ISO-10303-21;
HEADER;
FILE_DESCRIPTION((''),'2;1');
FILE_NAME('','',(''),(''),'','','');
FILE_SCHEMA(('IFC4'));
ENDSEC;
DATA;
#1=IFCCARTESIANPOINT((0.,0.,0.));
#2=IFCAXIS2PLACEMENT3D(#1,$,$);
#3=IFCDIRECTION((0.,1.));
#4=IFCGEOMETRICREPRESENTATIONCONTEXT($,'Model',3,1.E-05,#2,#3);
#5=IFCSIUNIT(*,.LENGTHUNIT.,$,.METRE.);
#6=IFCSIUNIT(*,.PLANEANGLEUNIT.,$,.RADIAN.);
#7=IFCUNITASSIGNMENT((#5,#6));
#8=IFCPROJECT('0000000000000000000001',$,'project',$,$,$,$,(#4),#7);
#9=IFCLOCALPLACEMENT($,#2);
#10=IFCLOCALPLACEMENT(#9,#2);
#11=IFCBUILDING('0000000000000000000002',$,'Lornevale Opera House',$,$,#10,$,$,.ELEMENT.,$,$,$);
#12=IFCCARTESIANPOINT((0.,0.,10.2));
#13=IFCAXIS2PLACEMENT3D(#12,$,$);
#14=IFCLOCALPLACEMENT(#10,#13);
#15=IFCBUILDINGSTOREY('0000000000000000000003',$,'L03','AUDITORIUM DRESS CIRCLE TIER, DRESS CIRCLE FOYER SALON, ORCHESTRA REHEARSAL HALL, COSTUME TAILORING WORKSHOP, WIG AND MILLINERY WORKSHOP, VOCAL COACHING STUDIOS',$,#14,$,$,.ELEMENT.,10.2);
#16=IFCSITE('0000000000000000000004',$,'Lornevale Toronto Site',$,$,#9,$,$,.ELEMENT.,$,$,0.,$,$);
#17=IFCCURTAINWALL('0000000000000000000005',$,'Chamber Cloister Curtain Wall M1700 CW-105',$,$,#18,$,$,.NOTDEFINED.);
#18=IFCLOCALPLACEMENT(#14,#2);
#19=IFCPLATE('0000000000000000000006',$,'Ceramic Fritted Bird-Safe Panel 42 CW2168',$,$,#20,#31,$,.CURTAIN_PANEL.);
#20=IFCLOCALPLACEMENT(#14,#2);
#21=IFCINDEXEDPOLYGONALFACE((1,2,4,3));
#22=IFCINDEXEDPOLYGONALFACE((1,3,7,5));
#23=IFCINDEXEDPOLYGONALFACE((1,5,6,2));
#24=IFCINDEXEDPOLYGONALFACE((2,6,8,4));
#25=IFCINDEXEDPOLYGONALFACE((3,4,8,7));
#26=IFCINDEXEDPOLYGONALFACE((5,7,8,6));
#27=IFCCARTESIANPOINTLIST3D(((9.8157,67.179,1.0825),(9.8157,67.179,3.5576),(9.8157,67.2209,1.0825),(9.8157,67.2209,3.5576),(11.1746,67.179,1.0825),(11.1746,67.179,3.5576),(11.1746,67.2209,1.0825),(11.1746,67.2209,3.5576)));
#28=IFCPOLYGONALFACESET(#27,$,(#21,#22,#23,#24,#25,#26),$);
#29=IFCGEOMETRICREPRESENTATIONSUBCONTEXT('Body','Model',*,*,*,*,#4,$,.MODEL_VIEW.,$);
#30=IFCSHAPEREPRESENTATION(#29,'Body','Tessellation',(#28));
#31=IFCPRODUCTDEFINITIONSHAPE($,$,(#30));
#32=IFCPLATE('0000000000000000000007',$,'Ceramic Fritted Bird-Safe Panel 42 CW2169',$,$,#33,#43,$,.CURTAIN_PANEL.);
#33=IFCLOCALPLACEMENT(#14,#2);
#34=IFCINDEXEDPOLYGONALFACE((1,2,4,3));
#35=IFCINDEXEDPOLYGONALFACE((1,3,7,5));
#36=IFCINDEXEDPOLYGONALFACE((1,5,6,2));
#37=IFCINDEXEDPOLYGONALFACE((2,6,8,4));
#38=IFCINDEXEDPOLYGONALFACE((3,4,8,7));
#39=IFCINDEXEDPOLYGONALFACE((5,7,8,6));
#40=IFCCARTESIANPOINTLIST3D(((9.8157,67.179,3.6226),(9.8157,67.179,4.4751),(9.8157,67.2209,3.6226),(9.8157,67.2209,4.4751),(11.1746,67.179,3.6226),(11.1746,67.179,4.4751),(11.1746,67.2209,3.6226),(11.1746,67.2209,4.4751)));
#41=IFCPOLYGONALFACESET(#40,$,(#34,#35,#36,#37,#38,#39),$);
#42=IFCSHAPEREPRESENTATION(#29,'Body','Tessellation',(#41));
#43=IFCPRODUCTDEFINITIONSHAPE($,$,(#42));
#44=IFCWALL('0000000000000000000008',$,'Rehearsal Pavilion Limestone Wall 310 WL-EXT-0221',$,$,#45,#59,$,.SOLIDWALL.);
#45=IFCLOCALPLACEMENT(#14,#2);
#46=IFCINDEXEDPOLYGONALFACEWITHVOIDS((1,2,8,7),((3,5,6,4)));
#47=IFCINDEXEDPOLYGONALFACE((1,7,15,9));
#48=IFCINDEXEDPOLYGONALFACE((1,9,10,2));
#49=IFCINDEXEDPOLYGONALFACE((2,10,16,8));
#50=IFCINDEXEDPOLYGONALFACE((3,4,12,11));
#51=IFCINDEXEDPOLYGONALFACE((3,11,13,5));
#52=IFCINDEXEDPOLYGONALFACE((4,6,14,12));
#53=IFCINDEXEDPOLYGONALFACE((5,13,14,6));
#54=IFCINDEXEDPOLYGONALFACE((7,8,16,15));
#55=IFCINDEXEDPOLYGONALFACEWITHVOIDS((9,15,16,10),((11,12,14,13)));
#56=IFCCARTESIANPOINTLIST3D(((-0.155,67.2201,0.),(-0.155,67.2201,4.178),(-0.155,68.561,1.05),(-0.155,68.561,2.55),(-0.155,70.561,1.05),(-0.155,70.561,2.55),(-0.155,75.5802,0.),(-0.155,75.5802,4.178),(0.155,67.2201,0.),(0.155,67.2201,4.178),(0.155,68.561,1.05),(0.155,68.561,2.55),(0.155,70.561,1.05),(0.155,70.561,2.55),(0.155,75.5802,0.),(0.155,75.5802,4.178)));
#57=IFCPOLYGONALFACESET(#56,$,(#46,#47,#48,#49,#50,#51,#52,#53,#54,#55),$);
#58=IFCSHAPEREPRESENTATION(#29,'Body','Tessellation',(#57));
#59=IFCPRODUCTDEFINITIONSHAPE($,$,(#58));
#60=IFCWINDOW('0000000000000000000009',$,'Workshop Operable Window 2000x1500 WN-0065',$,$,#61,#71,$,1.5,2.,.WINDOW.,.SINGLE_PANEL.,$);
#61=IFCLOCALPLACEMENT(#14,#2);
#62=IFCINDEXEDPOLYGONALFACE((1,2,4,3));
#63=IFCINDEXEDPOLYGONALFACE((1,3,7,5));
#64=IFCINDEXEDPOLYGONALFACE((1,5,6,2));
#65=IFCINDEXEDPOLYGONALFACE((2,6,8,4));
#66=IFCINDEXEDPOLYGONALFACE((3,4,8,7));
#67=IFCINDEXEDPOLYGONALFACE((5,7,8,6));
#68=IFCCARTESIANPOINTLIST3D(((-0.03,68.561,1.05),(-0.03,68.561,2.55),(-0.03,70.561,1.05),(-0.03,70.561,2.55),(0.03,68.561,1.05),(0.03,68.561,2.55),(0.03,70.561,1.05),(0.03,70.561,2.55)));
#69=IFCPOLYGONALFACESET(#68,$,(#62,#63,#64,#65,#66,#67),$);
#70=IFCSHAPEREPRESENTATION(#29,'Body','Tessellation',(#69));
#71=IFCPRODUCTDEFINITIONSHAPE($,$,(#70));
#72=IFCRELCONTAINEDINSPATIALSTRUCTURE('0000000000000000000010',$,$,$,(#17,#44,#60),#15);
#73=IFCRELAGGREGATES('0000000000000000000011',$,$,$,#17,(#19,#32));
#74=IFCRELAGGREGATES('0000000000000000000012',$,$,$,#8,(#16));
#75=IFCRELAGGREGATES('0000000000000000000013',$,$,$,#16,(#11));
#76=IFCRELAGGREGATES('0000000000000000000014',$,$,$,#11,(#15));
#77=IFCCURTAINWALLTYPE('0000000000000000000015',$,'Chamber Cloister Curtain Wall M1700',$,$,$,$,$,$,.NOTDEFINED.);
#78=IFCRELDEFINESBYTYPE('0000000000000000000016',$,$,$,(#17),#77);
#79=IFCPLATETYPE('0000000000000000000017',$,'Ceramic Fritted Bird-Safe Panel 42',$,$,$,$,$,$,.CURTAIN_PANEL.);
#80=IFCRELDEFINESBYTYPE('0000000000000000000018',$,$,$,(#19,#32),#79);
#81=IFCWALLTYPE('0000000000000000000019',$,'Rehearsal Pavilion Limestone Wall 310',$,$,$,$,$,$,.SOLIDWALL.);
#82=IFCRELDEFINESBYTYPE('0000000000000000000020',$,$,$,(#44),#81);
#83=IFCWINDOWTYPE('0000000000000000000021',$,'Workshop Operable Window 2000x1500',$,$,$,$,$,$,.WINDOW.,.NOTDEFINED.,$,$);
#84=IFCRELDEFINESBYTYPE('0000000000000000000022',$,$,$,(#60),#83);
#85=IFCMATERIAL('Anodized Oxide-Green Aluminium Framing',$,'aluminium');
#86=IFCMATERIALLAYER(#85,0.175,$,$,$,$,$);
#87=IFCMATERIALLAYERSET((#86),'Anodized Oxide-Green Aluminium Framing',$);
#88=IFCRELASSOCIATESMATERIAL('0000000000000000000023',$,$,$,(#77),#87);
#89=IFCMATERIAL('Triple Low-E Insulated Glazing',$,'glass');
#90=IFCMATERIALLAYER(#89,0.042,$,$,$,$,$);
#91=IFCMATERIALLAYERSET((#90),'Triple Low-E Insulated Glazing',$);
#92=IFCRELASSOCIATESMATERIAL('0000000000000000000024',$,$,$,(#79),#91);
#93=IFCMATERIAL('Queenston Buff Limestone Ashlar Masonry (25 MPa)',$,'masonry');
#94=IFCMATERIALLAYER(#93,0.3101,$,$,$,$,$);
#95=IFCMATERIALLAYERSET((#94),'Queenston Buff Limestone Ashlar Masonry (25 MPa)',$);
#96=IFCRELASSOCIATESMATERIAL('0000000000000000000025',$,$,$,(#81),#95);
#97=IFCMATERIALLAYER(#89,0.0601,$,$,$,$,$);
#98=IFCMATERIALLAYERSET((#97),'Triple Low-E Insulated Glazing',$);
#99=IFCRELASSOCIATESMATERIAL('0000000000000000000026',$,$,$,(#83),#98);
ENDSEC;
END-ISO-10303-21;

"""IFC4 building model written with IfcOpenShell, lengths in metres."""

from ifc_helpers import new_model, si_unit, direction, frame, frame_2d, origin, origin_2d, place, context, subcontext, project, spatial, rectangle, extrude, material, layer, layer_set, type_object, element, fill, aggregate, save


model = new_model("IFC4")

# Units and contexts
model_context = context("Model", 3, precision=1e-05, world=origin(), true_north=direction((0.0, 1.0)))
body_context = subcontext(model_context, "Body", "Model", "MODEL_VIEW")
ifc_project = project(units=[si_unit("LENGTHUNIT", "METRE"), si_unit("PLANEANGLEUNIT", "RADIAN")], contexts=[model_context])

# Site, building, storey
site_placement = place(None, origin())
site = spatial("IfcSite", under=ifc_project, at=site_placement, Name="Lornevale Toronto Site", CompositionType="ELEMENT", RefElevation=0.0)
building_placement = place(site_placement, origin())
building = spatial("IfcBuilding", under=site, at=building_placement, Name="Lornevale Opera House", CompositionType="ELEMENT")
storey_placement = place(building_placement, frame((0.0, 0.0, 10.2)))
storey = spatial("IfcBuildingStorey", under=building, at=storey_placement, Name="L03", Description="AUDITORIUM DRESS CIRCLE TIER, DRESS CIRCLE FOYER SALON, ORCHESTRA REHEARSAL HALL, COSTUME TAILORING WORKSHOP, WIG AND MILLINERY WORKSHOP, VOCAL COACHING STUDIOS", CompositionType="ELEMENT", Elevation=10.2)

# Shared definitions
ifc_material_1 = material(Name="Anodized Oxide-Green Aluminium Framing", Category="aluminium")
ifc_layer_1 = layer(ifc_material_1, 0.175)
ifc_layer_set_1 = layer_set([ifc_layer_1], Name="Anodized Oxide-Green Aluminium Framing")
curtain_wall_type = type_object("IfcCurtainWallType", Name="Chamber Cloister Curtain Wall M1700", PredefinedType="NOTDEFINED", material=ifc_layer_set_1)

# Curtain wall
curtain_wall_1_placement = place(storey_placement, origin())
curtain_wall_1 = element("IfcCurtainWall", 1, at=curtain_wall_1_placement, inside=storey, type_object=curtain_wall_type, Name="Chamber Cloister Curtain Wall M1700 CW-105", PredefinedType="NOTDEFINED")

# Plates
ifc_material_2 = material(Name="Triple Low-E Insulated Glazing", Category="glass")
ifc_layer_2 = layer(ifc_material_2, 0.042)
ifc_layer_set_2 = layer_set([ifc_layer_2], Name="Triple Low-E Insulated Glazing")
plate_type = type_object("IfcPlateType", Name="Ceramic Fritted Bird-Safe Panel 42", PredefinedType="CURTAIN_PANEL", material=ifc_layer_set_2)
plate_1_placement = place(storey_placement, frame((10.4951, 67.2, 1.0825), z_axis=(0.0, 0.0, 1.0), x_axis=(-1.0, 0.0, 0.0)))
plate_1 = element("IfcPlate", 2, at=plate_1_placement, type_object=plate_type, Name="Ceramic Fritted Bird-Safe Panel 42 CW2168", PredefinedType="CURTAIN_PANEL", context=body_context, shape_type="SweptSolid", body=[
    extrude(rectangle(XDim=1.3589, YDim=0.042, at=origin_2d()), origin(), (0.0, 0.0, 1.0), 2.4751),
])
plate_2_placement = place(storey_placement, frame((10.4951, 67.2, 3.6226), z_axis=(0.0, 0.0, 1.0), x_axis=(-1.0, 0.0, 0.0)))
plate_2 = element("IfcPlate", 3, at=plate_2_placement, type_object=plate_type, Name="Ceramic Fritted Bird-Safe Panel 42 CW2169", PredefinedType="CURTAIN_PANEL", context=body_context, shape_type="SweptSolid", body=[
    extrude(rectangle(XDim=1.3589, YDim=0.042, at=origin_2d()), origin(), (0.0, 0.0, 1.0), 0.8525),
])
aggregate(curtain_wall_1, [plate_1, plate_2])

# Wall, opening, window
ifc_material_3 = material(Name="Queenston Buff Limestone Ashlar Masonry (25 MPa)", Category="masonry")
ifc_layer_3 = layer(ifc_material_3, 0.3101)
ifc_layer_set_3 = layer_set([ifc_layer_3], Name="Queenston Buff Limestone Ashlar Masonry (25 MPa)")
wall_type = type_object("IfcWallType", Name="Rehearsal Pavilion Limestone Wall 310", PredefinedType="SOLIDWALL", material=ifc_layer_set_3)
wall_placement = place(storey_placement, frame((0.0, 67.22, 0.0), z_axis=(0.0, 0.0, 1.0), x_axis=(0.0, 1.0, 0.0)))
wall = element("IfcWall", 4, at=wall_placement, inside=storey, type_object=wall_type, Name="Rehearsal Pavilion Limestone Wall 310 WL-EXT-0221", PredefinedType="SOLIDWALL", context=body_context, shape_type="SweptSolid", body=[
    extrude(rectangle(XDim=8.3601, YDim=0.3101, at=frame_2d((4.1802, 0.0))), origin(), (0.0, 0.0, 1.0), 4.178),
])
opening_placement = place(wall_placement, frame((1.3411, 0.0, 1.05)))
opening = element("IfcOpeningElement", 5, at=opening_placement, cuts=wall, PredefinedType="OPENING", context=body_context, shape_type="SweptSolid", body=[
    extrude(rectangle(XDim=2.0, YDim=1.5, at=frame_2d((1.0, 0.75))), frame((0.0, 0.165, 0.0), z_axis=(0.0, -1.0, 0.0), x_axis=(1.0, 0.0, 0.0)), (0.0, 0.0, 1.0), 0.3301),
])
ifc_layer_4 = layer(ifc_material_2, 0.0601)
ifc_layer_set_4 = layer_set([ifc_layer_4], Name="Triple Low-E Insulated Glazing")
window_type = type_object("IfcWindowType", Name="Workshop Operable Window 2000x1500", PartitioningType="NOTDEFINED", PredefinedType="WINDOW", material=ifc_layer_set_4)
window_placement = place(opening_placement, origin())
window = element("IfcWindow", 6, at=window_placement, inside=storey, type_object=window_type, Name="Workshop Operable Window 2000x1500 WN-0065", OverallHeight=1.5, OverallWidth=2.0, PartitioningType="SINGLE_PANEL", PredefinedType="WINDOW", context=body_context, shape_type="SweptSolid", body=[
    extrude(rectangle(XDim=2.0, YDim=1.5, at=frame_2d((1.0, 0.75))), frame((0.0, 0.03, 0.0), z_axis=(0.0, -1.0, 0.0), x_axis=(1.0, 0.0, 0.0)), (0.0, 0.0, 1.0), 0.0601),
])
fill(opening, window)

save(model, "model.ifc")
